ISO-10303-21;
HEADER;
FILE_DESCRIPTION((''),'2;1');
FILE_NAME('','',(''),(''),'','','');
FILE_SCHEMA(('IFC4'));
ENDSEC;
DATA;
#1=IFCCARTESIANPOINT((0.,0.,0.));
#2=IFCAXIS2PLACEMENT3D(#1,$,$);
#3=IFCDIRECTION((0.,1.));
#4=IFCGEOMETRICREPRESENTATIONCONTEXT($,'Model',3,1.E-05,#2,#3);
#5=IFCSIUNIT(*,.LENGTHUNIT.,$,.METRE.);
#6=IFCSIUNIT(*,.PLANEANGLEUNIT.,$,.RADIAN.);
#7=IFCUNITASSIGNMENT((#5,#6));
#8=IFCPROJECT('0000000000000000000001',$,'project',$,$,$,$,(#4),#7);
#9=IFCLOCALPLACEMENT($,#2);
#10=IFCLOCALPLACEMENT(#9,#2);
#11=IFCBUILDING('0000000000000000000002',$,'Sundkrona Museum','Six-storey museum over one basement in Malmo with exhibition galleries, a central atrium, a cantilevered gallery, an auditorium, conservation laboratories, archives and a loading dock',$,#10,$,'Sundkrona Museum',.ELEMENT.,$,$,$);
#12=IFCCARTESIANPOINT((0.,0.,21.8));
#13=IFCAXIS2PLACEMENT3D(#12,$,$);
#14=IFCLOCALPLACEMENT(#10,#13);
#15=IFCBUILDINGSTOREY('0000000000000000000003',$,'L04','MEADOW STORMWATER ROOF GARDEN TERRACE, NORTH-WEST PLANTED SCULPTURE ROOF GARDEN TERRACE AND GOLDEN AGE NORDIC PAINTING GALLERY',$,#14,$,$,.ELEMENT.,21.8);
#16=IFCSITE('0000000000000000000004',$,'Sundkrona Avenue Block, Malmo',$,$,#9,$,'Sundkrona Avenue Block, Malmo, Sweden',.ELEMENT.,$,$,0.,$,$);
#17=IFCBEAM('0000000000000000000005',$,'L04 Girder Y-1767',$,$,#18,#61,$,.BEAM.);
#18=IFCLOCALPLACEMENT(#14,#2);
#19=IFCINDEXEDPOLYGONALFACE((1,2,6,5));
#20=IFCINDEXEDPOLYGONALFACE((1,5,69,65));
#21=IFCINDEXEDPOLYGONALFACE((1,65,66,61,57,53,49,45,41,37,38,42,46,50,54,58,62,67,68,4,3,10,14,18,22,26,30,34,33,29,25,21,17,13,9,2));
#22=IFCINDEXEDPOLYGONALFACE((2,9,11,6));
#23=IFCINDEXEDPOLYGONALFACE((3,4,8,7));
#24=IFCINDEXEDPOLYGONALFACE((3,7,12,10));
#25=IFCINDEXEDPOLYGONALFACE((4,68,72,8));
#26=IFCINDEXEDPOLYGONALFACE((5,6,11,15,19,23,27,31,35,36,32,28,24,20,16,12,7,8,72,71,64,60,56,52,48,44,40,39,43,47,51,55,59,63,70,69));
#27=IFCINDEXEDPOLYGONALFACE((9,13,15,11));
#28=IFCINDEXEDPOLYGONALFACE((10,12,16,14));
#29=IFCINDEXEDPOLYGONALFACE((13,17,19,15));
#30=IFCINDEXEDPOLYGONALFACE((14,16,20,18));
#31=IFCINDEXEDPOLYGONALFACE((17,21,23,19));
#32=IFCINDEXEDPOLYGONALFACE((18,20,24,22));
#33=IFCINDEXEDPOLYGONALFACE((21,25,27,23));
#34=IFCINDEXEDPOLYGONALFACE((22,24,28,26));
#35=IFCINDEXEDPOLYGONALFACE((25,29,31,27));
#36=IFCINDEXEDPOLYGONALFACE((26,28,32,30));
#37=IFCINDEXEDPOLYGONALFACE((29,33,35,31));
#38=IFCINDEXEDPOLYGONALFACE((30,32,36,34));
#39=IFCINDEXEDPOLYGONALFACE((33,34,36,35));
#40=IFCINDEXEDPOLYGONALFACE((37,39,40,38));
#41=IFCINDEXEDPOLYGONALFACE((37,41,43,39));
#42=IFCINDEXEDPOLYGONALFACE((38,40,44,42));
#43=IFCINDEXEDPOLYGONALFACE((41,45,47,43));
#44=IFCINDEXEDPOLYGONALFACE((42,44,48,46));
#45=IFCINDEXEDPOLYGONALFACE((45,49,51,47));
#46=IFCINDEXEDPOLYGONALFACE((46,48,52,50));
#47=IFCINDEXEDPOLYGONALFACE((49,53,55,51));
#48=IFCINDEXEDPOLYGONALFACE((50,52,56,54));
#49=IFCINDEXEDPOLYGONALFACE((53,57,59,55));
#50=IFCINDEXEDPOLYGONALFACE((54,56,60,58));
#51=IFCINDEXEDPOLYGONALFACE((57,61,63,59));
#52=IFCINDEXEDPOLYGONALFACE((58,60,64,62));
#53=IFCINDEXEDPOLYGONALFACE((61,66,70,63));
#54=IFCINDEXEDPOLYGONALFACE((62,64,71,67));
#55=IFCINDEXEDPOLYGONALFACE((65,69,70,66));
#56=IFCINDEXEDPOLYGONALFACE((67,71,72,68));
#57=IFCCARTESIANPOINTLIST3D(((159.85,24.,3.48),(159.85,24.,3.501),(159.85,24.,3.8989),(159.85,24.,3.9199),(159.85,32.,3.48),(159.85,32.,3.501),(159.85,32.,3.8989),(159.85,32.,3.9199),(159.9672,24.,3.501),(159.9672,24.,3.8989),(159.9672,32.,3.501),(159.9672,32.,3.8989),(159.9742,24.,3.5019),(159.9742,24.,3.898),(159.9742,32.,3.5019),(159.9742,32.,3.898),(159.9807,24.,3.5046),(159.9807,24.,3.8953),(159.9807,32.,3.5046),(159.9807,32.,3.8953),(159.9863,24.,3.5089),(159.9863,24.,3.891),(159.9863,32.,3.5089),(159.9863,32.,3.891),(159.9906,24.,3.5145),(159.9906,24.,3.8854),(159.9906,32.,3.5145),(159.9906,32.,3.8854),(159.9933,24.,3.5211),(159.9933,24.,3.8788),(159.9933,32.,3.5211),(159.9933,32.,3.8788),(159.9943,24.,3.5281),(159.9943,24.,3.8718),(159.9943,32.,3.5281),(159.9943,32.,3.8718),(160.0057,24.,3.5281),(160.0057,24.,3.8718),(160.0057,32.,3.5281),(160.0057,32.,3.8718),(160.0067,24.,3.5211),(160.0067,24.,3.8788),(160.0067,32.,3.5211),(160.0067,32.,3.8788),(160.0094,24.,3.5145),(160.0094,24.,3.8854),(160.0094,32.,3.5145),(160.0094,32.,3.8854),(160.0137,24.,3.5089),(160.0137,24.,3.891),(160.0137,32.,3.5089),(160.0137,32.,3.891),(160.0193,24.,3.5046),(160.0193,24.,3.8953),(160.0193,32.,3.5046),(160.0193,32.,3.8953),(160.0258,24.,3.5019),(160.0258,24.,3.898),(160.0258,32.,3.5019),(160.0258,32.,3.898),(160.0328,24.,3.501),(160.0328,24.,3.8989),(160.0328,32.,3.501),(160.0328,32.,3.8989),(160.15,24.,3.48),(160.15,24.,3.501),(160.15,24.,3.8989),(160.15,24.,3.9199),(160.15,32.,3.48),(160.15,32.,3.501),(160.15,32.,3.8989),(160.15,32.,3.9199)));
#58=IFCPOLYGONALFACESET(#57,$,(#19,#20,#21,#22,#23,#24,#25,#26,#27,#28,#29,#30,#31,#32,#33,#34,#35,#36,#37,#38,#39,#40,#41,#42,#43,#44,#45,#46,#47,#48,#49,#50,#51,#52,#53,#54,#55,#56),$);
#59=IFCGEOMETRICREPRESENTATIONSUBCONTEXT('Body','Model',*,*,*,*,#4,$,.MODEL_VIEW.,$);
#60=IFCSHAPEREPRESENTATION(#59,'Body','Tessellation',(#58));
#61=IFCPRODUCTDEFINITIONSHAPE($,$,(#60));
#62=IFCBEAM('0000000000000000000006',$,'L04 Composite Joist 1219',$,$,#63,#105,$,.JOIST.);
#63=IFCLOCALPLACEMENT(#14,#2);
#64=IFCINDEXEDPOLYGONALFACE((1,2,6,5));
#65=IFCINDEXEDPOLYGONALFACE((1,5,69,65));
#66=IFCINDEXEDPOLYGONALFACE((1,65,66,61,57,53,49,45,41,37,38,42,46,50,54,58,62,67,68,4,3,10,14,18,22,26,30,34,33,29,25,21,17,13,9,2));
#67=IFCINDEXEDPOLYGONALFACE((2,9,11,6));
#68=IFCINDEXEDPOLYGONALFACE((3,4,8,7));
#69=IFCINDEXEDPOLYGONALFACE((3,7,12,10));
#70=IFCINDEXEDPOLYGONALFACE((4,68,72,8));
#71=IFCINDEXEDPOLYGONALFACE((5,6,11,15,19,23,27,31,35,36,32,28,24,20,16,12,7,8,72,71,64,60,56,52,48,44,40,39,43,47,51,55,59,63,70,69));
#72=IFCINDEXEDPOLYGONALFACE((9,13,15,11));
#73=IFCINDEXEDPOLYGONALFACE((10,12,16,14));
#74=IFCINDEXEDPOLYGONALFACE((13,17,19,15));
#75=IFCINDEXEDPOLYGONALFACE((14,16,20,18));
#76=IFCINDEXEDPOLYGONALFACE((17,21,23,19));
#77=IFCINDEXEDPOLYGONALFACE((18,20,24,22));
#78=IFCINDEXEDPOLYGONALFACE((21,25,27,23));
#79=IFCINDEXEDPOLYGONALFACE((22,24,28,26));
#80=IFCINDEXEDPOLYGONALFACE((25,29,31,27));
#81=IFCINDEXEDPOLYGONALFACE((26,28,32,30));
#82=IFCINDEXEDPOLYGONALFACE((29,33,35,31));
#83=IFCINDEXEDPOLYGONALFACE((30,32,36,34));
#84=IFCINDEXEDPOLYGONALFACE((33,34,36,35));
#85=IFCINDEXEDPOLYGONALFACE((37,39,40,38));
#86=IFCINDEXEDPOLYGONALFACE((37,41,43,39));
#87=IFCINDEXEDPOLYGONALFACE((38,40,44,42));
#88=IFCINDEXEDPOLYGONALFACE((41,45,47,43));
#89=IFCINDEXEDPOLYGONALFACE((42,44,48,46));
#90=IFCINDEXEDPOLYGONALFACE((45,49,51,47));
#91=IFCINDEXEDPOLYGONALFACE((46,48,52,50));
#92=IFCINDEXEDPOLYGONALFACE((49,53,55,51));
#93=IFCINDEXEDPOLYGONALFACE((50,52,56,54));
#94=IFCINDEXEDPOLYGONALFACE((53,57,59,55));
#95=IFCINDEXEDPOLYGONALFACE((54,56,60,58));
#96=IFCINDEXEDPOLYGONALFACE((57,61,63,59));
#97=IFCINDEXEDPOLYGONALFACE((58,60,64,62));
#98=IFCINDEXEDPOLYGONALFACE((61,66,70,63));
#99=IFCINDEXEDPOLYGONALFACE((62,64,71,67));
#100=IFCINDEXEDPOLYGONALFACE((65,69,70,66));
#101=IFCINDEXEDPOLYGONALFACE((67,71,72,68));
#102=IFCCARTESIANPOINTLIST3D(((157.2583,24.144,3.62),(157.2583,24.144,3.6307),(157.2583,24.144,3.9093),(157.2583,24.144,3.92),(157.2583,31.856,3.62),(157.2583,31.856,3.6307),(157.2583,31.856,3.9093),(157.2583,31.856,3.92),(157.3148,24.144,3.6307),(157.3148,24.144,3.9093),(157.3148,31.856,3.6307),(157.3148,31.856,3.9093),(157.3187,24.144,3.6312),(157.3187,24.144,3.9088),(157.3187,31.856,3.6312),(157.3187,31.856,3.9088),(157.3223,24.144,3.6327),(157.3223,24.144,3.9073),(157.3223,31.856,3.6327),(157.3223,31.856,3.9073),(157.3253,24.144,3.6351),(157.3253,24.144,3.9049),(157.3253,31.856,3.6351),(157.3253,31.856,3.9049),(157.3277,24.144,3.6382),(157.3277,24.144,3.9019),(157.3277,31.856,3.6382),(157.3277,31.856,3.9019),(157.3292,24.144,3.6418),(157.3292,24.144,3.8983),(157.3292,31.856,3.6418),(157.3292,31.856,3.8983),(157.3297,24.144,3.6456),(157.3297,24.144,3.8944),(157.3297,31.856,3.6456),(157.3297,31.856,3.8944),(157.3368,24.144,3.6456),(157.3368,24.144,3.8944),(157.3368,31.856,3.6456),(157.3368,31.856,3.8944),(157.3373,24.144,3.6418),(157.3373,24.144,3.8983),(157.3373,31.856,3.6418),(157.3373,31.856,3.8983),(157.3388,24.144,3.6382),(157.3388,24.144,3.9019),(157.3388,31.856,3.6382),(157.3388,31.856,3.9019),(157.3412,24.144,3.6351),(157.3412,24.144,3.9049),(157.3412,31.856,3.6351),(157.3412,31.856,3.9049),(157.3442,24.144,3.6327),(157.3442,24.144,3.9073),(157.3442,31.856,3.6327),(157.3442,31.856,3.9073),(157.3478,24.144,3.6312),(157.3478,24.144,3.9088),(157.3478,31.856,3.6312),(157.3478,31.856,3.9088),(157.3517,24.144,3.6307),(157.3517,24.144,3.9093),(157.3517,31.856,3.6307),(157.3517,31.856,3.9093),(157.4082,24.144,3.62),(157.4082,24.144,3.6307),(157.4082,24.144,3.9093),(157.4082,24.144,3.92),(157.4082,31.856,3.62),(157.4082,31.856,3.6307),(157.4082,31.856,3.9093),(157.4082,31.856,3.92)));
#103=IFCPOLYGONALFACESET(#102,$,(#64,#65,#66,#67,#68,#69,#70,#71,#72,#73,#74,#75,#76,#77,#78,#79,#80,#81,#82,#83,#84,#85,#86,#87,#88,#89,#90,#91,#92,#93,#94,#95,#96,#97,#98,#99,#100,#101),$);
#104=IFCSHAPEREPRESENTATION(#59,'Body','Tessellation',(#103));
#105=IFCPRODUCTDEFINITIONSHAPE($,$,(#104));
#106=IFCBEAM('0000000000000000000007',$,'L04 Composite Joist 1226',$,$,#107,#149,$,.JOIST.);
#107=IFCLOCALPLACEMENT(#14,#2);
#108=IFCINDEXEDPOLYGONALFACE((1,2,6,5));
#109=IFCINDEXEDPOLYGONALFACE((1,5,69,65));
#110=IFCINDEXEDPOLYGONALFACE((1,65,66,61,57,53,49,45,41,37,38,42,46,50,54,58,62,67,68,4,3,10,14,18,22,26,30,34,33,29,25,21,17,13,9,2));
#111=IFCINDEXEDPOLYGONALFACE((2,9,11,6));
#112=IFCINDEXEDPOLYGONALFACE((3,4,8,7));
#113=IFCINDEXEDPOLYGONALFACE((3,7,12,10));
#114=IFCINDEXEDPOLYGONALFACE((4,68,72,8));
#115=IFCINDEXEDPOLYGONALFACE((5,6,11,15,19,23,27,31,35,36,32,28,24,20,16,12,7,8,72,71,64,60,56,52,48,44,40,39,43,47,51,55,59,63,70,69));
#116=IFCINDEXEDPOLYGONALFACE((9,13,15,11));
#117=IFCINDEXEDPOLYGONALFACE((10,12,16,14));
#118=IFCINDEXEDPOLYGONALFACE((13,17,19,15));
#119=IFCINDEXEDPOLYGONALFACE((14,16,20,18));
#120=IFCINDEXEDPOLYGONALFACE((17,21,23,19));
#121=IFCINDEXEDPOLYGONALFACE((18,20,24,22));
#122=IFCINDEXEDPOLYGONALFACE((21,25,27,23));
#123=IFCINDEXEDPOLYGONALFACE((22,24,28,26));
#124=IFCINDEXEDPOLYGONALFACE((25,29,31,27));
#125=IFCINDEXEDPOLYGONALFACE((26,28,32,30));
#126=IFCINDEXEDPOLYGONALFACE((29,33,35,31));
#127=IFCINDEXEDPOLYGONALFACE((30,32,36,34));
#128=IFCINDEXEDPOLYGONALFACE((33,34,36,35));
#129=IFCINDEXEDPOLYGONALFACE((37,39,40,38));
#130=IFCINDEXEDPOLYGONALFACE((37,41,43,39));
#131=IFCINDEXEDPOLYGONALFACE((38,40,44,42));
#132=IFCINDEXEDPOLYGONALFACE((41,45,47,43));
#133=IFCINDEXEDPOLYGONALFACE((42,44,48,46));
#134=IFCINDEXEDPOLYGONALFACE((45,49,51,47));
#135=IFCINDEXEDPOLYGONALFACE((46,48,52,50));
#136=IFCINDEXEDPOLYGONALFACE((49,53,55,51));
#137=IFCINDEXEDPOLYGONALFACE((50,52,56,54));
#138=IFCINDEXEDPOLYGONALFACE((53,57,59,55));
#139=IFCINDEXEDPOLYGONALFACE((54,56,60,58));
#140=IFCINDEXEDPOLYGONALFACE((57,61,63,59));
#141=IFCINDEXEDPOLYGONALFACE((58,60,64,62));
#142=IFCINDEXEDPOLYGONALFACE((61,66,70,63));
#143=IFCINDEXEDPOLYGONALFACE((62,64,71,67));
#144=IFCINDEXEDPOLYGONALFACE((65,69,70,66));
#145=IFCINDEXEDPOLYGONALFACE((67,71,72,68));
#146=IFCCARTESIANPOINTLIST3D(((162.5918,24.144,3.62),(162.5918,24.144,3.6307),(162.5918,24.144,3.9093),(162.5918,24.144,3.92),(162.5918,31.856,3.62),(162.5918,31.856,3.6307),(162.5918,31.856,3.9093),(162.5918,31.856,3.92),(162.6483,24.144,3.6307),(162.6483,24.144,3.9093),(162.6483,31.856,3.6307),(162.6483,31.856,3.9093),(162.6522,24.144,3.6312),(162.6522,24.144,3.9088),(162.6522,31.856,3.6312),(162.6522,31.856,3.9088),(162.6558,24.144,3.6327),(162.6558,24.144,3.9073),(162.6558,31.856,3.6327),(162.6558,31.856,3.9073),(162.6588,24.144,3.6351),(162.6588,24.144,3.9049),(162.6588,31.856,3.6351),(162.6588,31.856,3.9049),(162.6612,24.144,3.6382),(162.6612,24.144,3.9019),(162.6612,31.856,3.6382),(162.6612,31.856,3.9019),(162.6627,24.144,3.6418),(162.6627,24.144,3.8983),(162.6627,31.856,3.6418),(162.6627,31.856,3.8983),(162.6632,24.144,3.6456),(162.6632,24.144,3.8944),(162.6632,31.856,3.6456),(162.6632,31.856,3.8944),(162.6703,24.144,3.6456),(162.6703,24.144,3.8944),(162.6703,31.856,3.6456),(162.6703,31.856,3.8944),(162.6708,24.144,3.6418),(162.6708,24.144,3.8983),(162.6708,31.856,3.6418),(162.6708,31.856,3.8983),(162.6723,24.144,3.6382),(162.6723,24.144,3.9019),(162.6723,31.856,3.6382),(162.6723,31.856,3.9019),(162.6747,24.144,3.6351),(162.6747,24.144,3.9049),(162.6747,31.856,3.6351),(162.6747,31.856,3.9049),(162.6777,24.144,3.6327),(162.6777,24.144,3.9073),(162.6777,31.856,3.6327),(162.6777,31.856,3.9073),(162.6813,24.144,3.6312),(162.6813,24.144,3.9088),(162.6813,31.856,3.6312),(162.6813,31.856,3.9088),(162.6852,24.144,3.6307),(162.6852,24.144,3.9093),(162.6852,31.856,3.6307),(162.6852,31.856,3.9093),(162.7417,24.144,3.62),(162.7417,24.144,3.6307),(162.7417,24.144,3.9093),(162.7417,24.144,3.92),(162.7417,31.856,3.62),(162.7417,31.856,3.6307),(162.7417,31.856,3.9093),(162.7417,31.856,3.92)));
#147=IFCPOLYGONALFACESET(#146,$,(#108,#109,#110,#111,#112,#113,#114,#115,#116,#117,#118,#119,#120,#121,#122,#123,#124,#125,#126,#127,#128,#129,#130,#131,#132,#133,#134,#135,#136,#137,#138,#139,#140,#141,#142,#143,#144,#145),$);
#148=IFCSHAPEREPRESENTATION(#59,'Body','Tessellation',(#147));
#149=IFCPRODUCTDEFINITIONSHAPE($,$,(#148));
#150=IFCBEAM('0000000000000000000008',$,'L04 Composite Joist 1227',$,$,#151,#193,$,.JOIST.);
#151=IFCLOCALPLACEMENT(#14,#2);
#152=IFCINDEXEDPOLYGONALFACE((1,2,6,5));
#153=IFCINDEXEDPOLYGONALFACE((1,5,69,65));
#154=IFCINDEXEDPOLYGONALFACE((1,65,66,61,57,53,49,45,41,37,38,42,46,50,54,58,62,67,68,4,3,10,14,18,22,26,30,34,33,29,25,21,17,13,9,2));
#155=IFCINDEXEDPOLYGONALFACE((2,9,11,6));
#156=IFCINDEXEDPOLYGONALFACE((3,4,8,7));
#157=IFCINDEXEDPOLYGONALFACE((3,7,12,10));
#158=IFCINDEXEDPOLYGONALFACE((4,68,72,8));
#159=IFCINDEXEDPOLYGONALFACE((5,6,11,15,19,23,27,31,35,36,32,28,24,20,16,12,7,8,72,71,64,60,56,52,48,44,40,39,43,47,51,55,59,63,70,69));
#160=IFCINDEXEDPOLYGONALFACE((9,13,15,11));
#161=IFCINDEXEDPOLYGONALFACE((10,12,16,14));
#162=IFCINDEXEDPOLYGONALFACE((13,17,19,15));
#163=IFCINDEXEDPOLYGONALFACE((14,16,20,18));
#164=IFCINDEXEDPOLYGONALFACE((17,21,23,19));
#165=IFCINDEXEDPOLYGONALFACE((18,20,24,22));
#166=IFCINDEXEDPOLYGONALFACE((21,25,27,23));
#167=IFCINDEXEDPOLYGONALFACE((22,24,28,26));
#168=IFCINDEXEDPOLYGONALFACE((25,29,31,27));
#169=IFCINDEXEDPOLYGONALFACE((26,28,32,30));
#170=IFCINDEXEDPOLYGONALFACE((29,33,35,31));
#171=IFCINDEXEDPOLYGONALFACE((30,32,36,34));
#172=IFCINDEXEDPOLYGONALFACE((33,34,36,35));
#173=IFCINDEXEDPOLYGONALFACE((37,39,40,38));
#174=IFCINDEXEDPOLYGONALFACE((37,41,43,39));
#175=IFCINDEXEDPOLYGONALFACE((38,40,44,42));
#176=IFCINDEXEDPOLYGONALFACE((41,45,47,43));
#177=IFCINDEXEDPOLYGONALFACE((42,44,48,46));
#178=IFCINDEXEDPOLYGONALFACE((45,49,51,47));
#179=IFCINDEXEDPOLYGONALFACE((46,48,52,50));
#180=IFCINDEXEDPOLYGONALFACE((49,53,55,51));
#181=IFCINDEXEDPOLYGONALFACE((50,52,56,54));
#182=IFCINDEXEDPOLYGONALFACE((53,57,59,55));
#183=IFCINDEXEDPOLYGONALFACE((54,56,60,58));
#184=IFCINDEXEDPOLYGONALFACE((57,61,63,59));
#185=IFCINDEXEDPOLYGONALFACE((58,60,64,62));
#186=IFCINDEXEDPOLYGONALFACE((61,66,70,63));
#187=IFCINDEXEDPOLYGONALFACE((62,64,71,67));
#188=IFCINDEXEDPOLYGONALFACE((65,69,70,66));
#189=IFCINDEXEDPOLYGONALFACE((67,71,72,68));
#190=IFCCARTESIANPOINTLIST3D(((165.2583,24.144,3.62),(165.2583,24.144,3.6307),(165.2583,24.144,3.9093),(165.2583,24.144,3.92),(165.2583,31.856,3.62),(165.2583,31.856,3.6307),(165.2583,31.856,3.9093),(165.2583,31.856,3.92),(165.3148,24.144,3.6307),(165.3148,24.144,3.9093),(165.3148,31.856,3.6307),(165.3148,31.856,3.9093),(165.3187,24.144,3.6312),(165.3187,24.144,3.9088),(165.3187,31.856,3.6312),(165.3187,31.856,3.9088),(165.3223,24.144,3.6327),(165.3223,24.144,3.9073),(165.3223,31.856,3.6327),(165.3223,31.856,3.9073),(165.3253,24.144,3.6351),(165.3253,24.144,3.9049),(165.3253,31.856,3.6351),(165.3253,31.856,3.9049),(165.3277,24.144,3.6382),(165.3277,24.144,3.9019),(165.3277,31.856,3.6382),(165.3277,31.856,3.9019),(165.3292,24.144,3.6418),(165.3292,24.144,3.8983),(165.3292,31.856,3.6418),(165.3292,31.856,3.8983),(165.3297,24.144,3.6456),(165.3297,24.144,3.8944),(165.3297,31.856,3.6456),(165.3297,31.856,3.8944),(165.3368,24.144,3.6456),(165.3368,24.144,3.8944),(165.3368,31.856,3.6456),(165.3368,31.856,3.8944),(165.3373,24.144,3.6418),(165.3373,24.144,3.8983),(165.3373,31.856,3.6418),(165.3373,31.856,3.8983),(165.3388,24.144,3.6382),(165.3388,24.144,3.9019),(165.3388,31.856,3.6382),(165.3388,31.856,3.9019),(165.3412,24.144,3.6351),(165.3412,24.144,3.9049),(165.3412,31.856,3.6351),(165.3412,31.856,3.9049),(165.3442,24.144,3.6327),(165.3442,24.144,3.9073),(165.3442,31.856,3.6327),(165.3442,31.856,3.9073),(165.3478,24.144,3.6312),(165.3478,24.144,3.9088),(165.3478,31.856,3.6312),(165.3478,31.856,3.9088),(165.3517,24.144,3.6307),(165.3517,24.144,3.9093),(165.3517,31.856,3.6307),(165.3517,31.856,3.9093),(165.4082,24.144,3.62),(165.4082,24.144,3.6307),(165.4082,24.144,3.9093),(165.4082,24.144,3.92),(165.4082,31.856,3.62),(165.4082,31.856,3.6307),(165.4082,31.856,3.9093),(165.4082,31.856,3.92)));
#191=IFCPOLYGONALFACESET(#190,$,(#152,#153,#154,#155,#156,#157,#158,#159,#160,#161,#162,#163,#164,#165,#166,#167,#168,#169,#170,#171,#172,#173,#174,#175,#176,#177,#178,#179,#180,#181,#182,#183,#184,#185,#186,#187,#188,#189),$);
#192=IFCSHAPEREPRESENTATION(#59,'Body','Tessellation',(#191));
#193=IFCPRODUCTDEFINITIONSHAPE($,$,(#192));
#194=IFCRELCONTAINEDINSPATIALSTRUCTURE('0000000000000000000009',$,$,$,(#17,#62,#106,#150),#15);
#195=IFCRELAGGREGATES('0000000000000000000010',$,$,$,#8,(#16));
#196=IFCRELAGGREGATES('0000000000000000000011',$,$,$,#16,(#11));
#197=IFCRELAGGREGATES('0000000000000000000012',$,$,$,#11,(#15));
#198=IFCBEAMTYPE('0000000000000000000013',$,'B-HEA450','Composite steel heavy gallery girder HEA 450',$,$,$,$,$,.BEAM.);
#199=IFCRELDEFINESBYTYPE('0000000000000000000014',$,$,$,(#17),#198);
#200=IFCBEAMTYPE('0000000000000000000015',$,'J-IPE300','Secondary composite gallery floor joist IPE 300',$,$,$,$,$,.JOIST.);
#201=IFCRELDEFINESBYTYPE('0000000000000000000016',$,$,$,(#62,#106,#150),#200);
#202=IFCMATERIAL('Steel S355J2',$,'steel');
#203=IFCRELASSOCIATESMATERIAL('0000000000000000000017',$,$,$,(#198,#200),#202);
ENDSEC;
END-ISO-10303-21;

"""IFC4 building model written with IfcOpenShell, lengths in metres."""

from ifc_helpers import new_model, si_unit, direction, frame, origin, origin_2d, place, context, subcontext, project, spatial, i_section, extrude, material, material_profile, profile_set, type_object, element, save


model = new_model("IFC4")

# Units and contexts
model_context = context("Model", 3, precision=1e-05, world=origin(), true_north=direction((0.0, 1.0)))
body_context = subcontext(model_context, "Body", "Model", "MODEL_VIEW")
ifc_project = project(units=[si_unit("LENGTHUNIT", "METRE"), si_unit("PLANEANGLEUNIT", "RADIAN")], contexts=[model_context])

# Site, building, storey
site_placement = place(None, origin())
site = spatial("IfcSite", under=ifc_project, at=site_placement, Name="Sundkrona Avenue Block, Malmo", LongName="Sundkrona Avenue Block, Malmo, Sweden", CompositionType="ELEMENT", RefElevation=0.0)
building_placement = place(site_placement, origin())
building = spatial("IfcBuilding", under=site, at=building_placement, Name="Sundkrona Museum", Description="Six-storey museum over one basement in Malmo with exhibition galleries, a central atrium, a cantilevered gallery, an auditorium, conservation laboratories, archives and a loading dock", LongName="Sundkrona Museum", CompositionType="ELEMENT")
storey_placement = place(building_placement, frame((0.0, 0.0, 21.8)))
storey = spatial("IfcBuildingStorey", under=building, at=storey_placement, Name="L04", Description="MEADOW STORMWATER ROOF GARDEN TERRACE, NORTH-WEST PLANTED SCULPTURE ROOF GARDEN TERRACE AND GOLDEN AGE NORDIC PAINTING GALLERY", CompositionType="ELEMENT", Elevation=21.8)

# Shared definitions
ifc_material_1 = material(Name="Steel S355J2", Category="steel")

# Beams
ifc_material_profile_1 = material_profile(ifc_material_1, i_section(OverallWidth=0.3, OverallDepth=0.4399, WebThickness=0.0115, FlangeThickness=0.021, FilletRadius=0.0271, at=origin_2d()), Name="HEA 450")
ifc_profile_set_1 = profile_set([ifc_material_profile_1], Name="Steel S355J2")
beam_type_1 = type_object("IfcBeamType", Name="B-HEA450", Description="Composite steel heavy gallery girder HEA 450", PredefinedType="BEAM", material=ifc_profile_set_1)
for number, where, z_axis, x_axis, name in (
    (1, (160.0, 24.0, 3.7), (0.0, 1.0, 0.0), (-1.0, 0.0, 0.0), "L04 Girder Y-1767"),
):
    element("IfcBeam", number, at=place(storey_placement, frame(where, z_axis=z_axis, x_axis=x_axis)), inside=storey, type_object=beam_type_1, Name=name, PredefinedType="BEAM", context=body_context, shape_type="SweptSolid", body=[
        extrude(i_section(OverallWidth=0.3, OverallDepth=0.4399, WebThickness=0.0115, FlangeThickness=0.021, FilletRadius=0.0271, at=origin_2d()), origin(), (0.0, 0.0, 1.0), 8.0),
    ])
ifc_material_profile_2 = material_profile(ifc_material_1, i_section(OverallWidth=0.1499, OverallDepth=0.3, WebThickness=0.0071, FlangeThickness=0.0107, FilletRadius=0.0149, at=origin_2d()), Name="IPE 300")
ifc_profile_set_2 = profile_set([ifc_material_profile_2], Name="Steel S355J2")
beam_type_2 = type_object("IfcBeamType", Name="J-IPE300", Description="Secondary composite gallery floor joist IPE 300", PredefinedType="JOIST", material=ifc_profile_set_2)
for number, where, z_axis, x_axis, name in (
    (2, (157.3333, 24.144, 3.77), (0.0, 1.0, 0.0), (-1.0, 0.0, 0.0), "L04 Composite Joist 1219"),
    (3, (162.6667, 24.144, 3.77), (0.0, 1.0, 0.0), (-1.0, 0.0, 0.0), "L04 Composite Joist 1226"),
    (4, (165.3333, 24.144, 3.77), (0.0, 1.0, 0.0), (-1.0, 0.0, 0.0), "L04 Composite Joist 1227"),
):
    element("IfcBeam", number, at=place(storey_placement, frame(where, z_axis=z_axis, x_axis=x_axis)), inside=storey, type_object=beam_type_2, Name=name, PredefinedType="JOIST", context=body_context, shape_type="SweptSolid", body=[
        extrude(i_section(OverallWidth=0.1499, OverallDepth=0.3, WebThickness=0.0071, FlangeThickness=0.0107, FilletRadius=0.0149, at=origin_2d()), origin(), (0.0, 0.0, 1.0), 7.7119),
    ])

save(model, "model.ifc")
